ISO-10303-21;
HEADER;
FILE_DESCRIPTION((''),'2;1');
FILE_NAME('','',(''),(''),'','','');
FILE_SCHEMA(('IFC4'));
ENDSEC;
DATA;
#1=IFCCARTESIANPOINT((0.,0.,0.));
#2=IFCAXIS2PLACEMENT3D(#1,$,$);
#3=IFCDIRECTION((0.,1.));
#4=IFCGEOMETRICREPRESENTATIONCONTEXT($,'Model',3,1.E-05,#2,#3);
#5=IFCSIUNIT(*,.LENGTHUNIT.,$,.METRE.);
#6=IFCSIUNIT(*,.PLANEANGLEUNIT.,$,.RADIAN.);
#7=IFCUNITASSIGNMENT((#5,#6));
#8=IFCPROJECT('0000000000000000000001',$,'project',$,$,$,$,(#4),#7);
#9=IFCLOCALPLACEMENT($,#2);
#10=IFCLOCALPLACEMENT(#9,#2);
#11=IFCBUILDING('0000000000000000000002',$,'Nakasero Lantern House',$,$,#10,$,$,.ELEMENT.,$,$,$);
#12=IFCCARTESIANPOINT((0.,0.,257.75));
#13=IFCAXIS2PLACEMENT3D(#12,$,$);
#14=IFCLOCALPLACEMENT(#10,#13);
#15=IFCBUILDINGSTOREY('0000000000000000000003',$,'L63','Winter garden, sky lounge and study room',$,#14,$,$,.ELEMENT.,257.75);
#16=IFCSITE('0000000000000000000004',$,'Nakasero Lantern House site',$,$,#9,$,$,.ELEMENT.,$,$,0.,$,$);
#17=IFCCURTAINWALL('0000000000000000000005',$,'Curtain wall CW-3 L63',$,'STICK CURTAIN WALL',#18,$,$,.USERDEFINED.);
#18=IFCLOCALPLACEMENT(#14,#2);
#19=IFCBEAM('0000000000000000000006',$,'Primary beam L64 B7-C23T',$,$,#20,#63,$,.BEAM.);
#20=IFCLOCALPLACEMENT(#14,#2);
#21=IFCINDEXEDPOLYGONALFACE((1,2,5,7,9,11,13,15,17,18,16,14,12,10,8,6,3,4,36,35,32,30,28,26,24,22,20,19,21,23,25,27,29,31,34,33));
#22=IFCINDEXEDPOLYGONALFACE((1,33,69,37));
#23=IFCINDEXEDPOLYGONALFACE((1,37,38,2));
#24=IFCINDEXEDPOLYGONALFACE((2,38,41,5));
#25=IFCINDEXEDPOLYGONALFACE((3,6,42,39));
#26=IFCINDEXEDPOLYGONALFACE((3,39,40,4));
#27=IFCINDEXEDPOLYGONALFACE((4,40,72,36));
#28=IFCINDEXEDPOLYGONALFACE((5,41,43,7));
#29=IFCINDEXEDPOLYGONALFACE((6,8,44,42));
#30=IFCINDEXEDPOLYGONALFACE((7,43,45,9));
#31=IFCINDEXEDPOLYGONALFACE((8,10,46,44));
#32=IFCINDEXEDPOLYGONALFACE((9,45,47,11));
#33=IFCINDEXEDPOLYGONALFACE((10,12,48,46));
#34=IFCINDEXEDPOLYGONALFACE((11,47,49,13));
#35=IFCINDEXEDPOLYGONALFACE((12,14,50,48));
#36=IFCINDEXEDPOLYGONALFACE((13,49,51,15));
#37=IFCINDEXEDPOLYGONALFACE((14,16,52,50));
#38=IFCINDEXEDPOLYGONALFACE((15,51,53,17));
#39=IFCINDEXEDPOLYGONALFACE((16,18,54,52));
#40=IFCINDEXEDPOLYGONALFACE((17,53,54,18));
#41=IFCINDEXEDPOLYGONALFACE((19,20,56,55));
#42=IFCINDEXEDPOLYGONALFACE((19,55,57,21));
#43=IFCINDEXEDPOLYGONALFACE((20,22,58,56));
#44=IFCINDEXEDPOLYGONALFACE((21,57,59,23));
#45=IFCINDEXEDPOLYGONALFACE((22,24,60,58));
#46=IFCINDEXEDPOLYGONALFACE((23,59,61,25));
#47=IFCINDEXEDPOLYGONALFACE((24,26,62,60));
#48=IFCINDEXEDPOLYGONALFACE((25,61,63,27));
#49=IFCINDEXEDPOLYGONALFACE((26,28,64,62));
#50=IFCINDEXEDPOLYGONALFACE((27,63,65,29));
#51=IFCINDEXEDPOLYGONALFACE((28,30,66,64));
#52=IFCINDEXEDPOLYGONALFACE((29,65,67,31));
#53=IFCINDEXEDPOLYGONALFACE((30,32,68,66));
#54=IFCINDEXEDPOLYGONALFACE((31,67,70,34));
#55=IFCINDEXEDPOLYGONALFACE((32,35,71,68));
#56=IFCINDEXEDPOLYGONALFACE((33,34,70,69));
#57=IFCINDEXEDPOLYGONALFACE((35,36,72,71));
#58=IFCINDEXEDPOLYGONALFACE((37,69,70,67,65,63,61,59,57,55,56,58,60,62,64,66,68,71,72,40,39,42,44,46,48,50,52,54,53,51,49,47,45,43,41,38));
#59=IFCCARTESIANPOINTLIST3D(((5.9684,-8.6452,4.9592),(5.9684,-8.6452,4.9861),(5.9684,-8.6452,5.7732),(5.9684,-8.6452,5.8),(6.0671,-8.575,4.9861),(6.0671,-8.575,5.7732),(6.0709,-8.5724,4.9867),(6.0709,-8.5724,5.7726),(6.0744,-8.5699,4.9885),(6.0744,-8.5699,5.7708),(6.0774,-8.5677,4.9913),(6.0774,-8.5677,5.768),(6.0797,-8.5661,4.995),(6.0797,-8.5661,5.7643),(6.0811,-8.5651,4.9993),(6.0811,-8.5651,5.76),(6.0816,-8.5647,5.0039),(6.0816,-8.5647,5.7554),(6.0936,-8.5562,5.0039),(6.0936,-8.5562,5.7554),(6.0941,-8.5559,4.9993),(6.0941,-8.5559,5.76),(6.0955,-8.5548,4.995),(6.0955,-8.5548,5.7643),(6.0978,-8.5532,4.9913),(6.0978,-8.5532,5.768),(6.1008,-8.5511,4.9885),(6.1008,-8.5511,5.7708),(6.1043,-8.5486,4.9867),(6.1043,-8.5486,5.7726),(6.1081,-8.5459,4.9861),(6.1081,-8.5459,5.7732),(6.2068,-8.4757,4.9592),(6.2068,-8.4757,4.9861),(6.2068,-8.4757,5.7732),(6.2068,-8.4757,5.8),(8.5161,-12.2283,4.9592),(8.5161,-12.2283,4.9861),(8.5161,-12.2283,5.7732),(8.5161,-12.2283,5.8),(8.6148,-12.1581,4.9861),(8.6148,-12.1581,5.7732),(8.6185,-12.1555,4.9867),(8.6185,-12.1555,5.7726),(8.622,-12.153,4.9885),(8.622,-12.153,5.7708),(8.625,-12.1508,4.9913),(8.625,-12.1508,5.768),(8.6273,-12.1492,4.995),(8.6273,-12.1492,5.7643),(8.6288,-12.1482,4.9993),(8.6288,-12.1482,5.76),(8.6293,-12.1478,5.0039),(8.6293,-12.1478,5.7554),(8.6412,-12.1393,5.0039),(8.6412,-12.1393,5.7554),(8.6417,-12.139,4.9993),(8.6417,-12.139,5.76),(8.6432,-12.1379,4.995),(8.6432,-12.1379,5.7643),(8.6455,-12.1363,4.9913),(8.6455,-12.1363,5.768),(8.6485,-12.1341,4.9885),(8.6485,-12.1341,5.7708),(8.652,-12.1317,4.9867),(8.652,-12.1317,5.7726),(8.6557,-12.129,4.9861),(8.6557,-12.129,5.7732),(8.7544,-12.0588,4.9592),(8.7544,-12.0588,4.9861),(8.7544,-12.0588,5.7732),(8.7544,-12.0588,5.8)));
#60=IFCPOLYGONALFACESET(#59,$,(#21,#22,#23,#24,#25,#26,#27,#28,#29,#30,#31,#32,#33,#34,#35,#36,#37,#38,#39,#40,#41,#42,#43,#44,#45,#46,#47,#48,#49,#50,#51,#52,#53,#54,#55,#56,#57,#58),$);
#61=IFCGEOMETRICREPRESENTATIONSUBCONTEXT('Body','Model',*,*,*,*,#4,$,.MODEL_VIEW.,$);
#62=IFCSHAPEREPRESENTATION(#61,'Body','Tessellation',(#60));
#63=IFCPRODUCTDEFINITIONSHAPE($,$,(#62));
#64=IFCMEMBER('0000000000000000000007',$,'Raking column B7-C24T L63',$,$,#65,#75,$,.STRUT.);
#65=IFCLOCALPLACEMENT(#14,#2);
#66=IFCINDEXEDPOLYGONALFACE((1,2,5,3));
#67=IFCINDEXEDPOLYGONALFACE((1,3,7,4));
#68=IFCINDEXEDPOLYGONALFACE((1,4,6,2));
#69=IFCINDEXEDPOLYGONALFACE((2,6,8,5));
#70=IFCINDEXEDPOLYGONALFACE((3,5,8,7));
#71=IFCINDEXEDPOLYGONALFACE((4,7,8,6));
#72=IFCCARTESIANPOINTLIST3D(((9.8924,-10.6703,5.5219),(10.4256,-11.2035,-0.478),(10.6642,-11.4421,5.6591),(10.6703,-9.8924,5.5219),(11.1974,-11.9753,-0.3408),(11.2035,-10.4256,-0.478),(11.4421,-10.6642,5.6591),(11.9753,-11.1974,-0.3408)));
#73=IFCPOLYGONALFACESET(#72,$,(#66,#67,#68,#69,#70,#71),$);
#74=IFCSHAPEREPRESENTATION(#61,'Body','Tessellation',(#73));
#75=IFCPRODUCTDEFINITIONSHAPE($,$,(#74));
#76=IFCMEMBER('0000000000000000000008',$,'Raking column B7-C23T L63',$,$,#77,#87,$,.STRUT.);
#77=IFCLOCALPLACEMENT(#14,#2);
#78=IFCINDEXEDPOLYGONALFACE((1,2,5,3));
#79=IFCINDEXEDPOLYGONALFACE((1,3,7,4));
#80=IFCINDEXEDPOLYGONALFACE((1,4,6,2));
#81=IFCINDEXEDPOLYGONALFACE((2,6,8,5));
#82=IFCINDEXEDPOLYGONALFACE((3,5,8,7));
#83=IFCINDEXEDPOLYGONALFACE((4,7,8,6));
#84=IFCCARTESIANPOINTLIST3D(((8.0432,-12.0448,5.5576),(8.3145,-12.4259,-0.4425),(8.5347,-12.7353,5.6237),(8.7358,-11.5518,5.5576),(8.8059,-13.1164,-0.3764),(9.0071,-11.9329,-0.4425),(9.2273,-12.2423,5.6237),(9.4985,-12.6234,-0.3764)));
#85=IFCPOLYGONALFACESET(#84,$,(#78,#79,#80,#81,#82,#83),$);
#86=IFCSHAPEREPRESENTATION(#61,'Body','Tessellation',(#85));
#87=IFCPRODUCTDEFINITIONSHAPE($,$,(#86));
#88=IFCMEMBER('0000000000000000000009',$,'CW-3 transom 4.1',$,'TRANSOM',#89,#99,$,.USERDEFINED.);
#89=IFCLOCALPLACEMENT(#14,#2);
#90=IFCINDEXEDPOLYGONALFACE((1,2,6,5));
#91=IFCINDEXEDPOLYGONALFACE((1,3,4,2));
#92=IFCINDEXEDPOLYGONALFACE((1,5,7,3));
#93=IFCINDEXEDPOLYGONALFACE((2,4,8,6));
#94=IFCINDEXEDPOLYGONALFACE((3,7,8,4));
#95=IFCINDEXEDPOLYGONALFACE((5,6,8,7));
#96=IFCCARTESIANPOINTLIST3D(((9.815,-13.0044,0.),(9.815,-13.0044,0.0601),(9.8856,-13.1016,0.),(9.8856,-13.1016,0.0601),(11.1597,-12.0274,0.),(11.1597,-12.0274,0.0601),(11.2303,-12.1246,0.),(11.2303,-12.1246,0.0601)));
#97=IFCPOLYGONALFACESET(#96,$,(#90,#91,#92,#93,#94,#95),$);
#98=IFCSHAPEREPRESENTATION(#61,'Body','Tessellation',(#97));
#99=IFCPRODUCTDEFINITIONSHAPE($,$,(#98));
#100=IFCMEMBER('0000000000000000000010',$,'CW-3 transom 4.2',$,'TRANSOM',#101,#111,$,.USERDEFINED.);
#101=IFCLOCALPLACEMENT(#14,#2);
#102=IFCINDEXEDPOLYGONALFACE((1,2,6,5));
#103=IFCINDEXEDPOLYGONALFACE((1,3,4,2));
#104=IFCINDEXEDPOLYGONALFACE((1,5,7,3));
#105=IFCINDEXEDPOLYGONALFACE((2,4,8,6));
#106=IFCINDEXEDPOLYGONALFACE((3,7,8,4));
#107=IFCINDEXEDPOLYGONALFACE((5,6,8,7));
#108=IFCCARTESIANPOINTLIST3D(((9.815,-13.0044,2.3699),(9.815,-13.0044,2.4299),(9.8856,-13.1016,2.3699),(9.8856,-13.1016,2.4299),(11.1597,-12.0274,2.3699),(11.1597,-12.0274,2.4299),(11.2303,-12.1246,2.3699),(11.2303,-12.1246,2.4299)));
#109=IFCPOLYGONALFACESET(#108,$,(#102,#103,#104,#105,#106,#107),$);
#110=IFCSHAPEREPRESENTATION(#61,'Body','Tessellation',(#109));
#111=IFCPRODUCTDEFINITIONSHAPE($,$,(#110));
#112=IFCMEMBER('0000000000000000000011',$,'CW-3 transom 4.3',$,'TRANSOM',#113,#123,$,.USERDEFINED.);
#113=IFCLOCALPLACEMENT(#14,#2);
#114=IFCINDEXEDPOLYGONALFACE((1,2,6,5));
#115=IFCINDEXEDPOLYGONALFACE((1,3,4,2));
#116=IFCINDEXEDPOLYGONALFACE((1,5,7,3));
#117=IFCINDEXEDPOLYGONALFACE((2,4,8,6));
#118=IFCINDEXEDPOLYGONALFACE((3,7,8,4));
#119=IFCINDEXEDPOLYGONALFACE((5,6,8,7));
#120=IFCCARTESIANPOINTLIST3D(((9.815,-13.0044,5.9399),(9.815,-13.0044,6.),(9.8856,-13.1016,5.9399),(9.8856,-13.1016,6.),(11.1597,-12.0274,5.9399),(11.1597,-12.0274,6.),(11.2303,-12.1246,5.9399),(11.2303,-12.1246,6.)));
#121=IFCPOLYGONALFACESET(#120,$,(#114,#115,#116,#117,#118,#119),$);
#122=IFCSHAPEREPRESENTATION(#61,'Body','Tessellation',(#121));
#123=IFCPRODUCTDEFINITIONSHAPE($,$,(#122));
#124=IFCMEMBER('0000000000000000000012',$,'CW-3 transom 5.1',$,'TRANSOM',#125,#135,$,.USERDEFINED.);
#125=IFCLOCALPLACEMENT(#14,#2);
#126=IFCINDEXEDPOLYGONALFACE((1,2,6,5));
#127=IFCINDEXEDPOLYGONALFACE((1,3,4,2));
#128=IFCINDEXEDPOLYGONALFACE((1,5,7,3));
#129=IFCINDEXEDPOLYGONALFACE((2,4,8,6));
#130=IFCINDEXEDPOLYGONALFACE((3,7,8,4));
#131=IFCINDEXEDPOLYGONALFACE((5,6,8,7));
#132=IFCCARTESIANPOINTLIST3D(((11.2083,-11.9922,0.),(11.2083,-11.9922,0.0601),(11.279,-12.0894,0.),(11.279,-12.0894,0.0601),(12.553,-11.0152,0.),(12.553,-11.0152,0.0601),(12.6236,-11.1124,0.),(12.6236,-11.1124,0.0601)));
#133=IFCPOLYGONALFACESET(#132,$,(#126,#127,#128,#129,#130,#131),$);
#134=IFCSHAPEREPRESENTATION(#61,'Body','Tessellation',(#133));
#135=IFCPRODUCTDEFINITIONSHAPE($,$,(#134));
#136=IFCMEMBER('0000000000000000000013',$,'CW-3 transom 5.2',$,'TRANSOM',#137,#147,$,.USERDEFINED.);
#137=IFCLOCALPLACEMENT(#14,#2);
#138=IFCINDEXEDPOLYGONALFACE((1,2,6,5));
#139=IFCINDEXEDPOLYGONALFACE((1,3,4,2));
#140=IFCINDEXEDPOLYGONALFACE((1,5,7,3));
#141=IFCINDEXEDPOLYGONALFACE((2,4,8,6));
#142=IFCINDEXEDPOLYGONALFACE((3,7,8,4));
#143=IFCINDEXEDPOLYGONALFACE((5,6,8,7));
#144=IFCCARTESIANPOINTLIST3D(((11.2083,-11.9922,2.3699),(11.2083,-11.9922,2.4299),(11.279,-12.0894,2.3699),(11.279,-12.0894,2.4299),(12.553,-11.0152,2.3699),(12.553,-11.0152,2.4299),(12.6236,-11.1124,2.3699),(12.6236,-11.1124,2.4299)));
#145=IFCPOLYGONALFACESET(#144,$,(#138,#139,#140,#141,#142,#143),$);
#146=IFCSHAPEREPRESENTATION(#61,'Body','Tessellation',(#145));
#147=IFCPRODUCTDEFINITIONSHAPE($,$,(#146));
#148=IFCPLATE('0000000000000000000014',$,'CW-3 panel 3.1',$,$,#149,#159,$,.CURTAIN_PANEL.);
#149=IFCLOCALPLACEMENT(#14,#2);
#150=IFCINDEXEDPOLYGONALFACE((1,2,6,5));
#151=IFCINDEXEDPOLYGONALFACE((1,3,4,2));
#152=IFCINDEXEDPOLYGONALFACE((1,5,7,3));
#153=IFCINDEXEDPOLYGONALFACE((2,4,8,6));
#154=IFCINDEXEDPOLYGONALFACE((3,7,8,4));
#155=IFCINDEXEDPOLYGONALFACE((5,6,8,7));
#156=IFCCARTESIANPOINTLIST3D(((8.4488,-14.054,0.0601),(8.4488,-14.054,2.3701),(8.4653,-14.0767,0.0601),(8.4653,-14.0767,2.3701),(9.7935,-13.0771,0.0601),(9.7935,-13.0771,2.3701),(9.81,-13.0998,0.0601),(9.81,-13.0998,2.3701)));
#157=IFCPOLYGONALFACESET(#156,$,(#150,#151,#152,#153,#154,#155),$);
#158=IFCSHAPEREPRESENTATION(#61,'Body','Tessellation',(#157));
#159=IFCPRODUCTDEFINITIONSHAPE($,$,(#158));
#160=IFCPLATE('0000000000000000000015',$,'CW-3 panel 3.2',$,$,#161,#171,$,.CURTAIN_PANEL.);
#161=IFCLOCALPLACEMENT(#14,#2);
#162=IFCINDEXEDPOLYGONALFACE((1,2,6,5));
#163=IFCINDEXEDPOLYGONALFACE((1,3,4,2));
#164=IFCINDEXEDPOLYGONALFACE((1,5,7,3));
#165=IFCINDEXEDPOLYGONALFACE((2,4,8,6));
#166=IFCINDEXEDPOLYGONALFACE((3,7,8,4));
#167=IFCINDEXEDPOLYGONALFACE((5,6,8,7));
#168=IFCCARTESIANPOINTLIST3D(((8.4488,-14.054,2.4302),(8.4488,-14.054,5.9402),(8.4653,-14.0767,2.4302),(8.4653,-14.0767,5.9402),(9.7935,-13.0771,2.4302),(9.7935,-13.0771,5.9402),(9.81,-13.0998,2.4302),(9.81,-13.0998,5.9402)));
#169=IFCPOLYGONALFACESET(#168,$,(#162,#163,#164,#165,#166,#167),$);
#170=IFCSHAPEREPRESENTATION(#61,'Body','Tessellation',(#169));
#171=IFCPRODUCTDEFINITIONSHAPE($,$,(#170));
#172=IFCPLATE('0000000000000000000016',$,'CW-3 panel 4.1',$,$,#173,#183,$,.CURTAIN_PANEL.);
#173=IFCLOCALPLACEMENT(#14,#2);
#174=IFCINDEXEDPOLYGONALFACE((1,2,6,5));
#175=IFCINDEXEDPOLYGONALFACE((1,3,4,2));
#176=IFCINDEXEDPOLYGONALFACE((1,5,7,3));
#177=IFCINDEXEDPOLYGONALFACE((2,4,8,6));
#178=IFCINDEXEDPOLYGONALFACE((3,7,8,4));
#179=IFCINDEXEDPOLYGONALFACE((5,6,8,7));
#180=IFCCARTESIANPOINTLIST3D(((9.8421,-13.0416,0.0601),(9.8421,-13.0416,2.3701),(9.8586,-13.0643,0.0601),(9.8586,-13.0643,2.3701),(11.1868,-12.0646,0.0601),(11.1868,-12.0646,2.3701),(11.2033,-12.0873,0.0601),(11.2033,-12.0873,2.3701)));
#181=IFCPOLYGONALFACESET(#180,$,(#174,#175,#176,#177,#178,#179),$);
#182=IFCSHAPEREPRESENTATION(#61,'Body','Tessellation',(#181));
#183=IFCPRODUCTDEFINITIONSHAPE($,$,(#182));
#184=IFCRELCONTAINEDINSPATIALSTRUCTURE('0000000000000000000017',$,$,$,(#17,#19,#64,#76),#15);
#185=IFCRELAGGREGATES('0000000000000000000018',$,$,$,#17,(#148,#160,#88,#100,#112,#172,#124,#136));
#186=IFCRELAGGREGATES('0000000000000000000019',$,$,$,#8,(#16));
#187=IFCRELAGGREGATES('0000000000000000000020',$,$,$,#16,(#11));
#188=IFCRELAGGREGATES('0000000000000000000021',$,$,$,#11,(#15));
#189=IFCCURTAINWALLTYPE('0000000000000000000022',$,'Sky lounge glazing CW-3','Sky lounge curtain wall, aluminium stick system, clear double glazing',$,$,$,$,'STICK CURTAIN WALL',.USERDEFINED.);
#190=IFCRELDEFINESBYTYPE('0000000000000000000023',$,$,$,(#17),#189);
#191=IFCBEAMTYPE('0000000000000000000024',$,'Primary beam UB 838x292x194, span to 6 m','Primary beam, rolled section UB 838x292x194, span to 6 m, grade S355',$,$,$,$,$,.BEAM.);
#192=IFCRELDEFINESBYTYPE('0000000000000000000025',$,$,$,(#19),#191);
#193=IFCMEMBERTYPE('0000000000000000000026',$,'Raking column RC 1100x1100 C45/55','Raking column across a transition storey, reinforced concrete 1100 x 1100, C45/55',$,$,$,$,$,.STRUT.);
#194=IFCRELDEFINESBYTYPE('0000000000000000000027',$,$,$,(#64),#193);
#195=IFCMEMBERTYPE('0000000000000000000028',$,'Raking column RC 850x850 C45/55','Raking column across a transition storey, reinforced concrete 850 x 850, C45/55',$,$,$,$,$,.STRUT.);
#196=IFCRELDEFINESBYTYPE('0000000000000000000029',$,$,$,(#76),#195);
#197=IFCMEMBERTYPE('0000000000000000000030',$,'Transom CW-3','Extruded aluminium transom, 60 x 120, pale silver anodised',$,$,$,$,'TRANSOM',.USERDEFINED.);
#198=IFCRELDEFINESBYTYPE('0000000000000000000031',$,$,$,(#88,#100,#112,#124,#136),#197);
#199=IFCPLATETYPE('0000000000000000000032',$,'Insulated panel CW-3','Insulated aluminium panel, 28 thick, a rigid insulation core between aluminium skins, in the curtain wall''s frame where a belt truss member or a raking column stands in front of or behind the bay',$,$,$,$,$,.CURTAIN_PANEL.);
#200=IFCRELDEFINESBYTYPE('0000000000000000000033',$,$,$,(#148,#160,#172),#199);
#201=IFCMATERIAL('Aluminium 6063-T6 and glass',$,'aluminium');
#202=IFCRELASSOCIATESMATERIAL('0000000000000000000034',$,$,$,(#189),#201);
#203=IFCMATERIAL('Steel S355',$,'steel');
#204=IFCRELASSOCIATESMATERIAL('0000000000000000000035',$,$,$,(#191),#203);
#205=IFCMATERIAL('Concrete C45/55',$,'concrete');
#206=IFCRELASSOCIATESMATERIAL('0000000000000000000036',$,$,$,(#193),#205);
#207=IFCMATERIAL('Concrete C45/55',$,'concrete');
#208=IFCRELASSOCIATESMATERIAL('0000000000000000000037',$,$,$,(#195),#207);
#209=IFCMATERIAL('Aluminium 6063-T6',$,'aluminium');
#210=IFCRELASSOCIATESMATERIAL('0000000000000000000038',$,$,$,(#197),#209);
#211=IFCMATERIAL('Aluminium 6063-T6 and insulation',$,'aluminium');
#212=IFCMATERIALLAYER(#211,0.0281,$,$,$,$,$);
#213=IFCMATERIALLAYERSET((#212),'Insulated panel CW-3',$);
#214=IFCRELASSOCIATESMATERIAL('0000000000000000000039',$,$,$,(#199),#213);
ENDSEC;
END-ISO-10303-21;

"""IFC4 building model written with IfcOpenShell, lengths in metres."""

from ifc_helpers import new_model, si_unit, direction, frame, origin, origin_2d, place, context, subcontext, project, spatial, rectangle, i_section, extrude, material, layer, layer_set, material_profile, profile_set, type_object, element, aggregate, save


model = new_model("IFC4")

# Units and contexts
model_context = context("Model", 3, precision=1e-05, world=origin(), true_north=direction((0.0, 1.0)))
body_context = subcontext(model_context, "Body", "Model", "MODEL_VIEW")
ifc_project = project(units=[si_unit("LENGTHUNIT", "METRE"), si_unit("PLANEANGLEUNIT", "RADIAN")], contexts=[model_context])

# Site, building, storey
site_placement = place(None, origin())
site = spatial("IfcSite", under=ifc_project, at=site_placement, Name="Nakasero Lantern House site", CompositionType="ELEMENT", RefElevation=0.0)
building_placement = place(site_placement, origin())
building = spatial("IfcBuilding", under=site, at=building_placement, Name="Nakasero Lantern House", CompositionType="ELEMENT")
storey_placement = place(building_placement, frame((0.0, 0.0, 257.75)))
storey = spatial("IfcBuildingStorey", under=building, at=storey_placement, Name="L63", Description="Winter garden, sky lounge and study room", CompositionType="ELEMENT", Elevation=257.75)

# Curtain wall
ifc_material_1 = material(Name="Aluminium 6063-T6 and glass", Category="aluminium")
curtain_wall_type = type_object("IfcCurtainWallType", Name="Sky lounge glazing CW-3", Description="Sky lounge curtain wall, aluminium stick system, clear double glazing", ElementType="STICK CURTAIN WALL", PredefinedType="USERDEFINED", material=ifc_material_1)
curtain_wall_placement = place(storey_placement, origin())
curtain_wall = element("IfcCurtainWall", 1, at=curtain_wall_placement, inside=storey, type_object=curtain_wall_type, Name="Curtain wall CW-3 L63", ObjectType="STICK CURTAIN WALL", PredefinedType="USERDEFINED")

# Beam
ifc_material_2 = material(Name="Steel S355", Category="steel")
ifc_material_profile_1 = material_profile(ifc_material_2, i_section(OverallWidth=0.2925, OverallDepth=0.8408, WebThickness=0.0146, FlangeThickness=0.0269, FilletRadius=0.0178, at=origin_2d()), Name="UB 838x292x194")
ifc_profile_set_1 = profile_set([ifc_material_profile_1], Name="Steel S355")
beam_type_1 = type_object("IfcBeamType", Name="Primary beam UB 838x292x194, span to 6 m", Description="Primary beam, rolled section UB 838x292x194, span to 6 m, grade S355", PredefinedType="BEAM", material=ifc_profile_set_1)
beam_1_placement = place(storey_placement, frame((8.6353, -12.1436, 5.3796), z_axis=(-0.579477, 0.814989, 0.0), x_axis=(-0.814989, -0.579477, 0.0)))
element("IfcBeam", 2, at=beam_1_placement, inside=storey, type_object=beam_type_1, Name="Primary beam L64 B7-C23T", PredefinedType="BEAM", context=body_context, shape_type="SweptSolid", body=[
    extrude(i_section(OverallWidth=0.2925, OverallDepth=0.8408, WebThickness=0.0146, FlangeThickness=0.0269, FilletRadius=0.0178, at=origin_2d()), origin(), (0.0, 0.0, 1.0), 4.3965),
])

# Members
ifc_material_3 = material(Name="Concrete C45/55", Category="concrete")
ifc_material_profile_2 = material_profile(ifc_material_3, rectangle(XDim=1.1001, YDim=1.1001, at=origin_2d()), Name="RC 1100x1100")
ifc_profile_set_2 = profile_set([ifc_material_profile_2], Name="Concrete C45/55")
member_type_1 = type_object("IfcMemberType", Name="Raking column RC 1100x1100 C45/55", Description="Raking column across a transition storey, reinforced concrete 1100 x 1100, C45/55", PredefinedType="STRUT", material=ifc_profile_set_2)
member_1_placement = place(storey_placement, frame((11.2004, -11.2004, -0.4094), z_axis=(-0.088174, 0.088174, 0.992195), x_axis=(-0.707107, -0.707107, 0.0)))
element("IfcMember", 3, at=member_1_placement, inside=storey, type_object=member_type_1, Name="Raking column B7-C24T L63", PredefinedType="STRUT", context=body_context, shape_type="SweptSolid", body=[
    extrude(rectangle(XDim=1.1001, YDim=1.1001, at=origin_2d()), origin(), (0.0, 0.0, 1.0), 6.0471),
])
ifc_material_4 = material(Name="Concrete C45/55", Category="concrete")
ifc_material_profile_3 = material_profile(ifc_material_4, rectangle(XDim=0.8501, YDim=0.8501, at=origin_2d()), Name="RC 850x850")
ifc_profile_set_3 = profile_set([ifc_material_profile_3], Name="Concrete C45/55")
member_type_2 = type_object("IfcMemberType", Name="Raking column RC 850x850 C45/55", Description="Raking column across a transition storey, reinforced concrete 850 x 850, C45/55", PredefinedType="STRUT", material=ifc_profile_set_3)
member_2_placement = place(storey_placement, frame((8.9065, -12.5247, -0.4094), z_axis=(-0.04507, 0.063325, 0.996975), x_axis=(-0.81472, -0.579855, 0.0)))
element("IfcMember", 4, at=member_2_placement, inside=storey, type_object=member_type_2, Name="Raking column B7-C23T L63", PredefinedType="STRUT", context=body_context, shape_type="SweptSolid", body=[
    extrude(rectangle(XDim=0.8501, YDim=0.8501, at=origin_2d()), origin(), (0.0, 0.0, 1.0), 6.0183),
])

# Members
ifc_material_5 = material(Name="Aluminium 6063-T6", Category="aluminium")
ifc_material_profile_4 = material_profile(ifc_material_5, rectangle(XDim=0.0601, YDim=0.1201, at=origin_2d()), Name="CW-3 transom 60x120")
ifc_profile_set_4 = profile_set([ifc_material_profile_4], Name="Aluminium 6063-T6")
member_type_3 = type_object("IfcMemberType", Name="Transom CW-3", Description="Extruded aluminium transom, 60 x 120, pale silver anodised", ElementType="TRANSOM", PredefinedType="USERDEFINED", material=ifc_profile_set_4)
member_3_placement = place(storey_placement, frame((9.8503, -13.053, 0.03), z_axis=(0.809003, 0.587805, 0.0), x_axis=(0.0, 0.0, 1.0)))
member_3 = element("IfcMember", 5, at=member_3_placement, type_object=member_type_3, Name="CW-3 transom 4.1", ObjectType="TRANSOM", PredefinedType="USERDEFINED", context=body_context, shape_type="SweptSolid", body=[
    extrude(rectangle(XDim=0.0601, YDim=0.1201, at=origin_2d()), origin(), (0.0, 0.0, 1.0), 1.6621),
])
member_4_placement = place(storey_placement, frame((9.8503, -13.053, 2.3999), z_axis=(0.809003, 0.587805, 0.0), x_axis=(0.0, 0.0, 1.0)))
member_4 = element("IfcMember", 6, at=member_4_placement, type_object=member_type_3, Name="CW-3 transom 4.2", ObjectType="TRANSOM", PredefinedType="USERDEFINED", context=body_context, shape_type="SweptSolid", body=[
    extrude(rectangle(XDim=0.0601, YDim=0.1201, at=origin_2d()), origin(), (0.0, 0.0, 1.0), 1.6621),
])
member_5_placement = place(storey_placement, frame((9.8503, -13.053, 5.97), z_axis=(0.809003, 0.587805, 0.0), x_axis=(0.0, 0.0, 1.0)))
member_5 = element("IfcMember", 7, at=member_5_placement, type_object=member_type_3, Name="CW-3 transom 4.3", ObjectType="TRANSOM", PredefinedType="USERDEFINED", context=body_context, shape_type="SweptSolid", body=[
    extrude(rectangle(XDim=0.0601, YDim=0.1201, at=origin_2d()), origin(), (0.0, 0.0, 1.0), 1.6621),
])
member_6_placement = place(storey_placement, frame((11.2437, -12.0408, 0.03), z_axis=(0.809003, 0.587805, 0.0), x_axis=(0.0, 0.0, 1.0)))
member_6 = element("IfcMember", 8, at=member_6_placement, type_object=member_type_3, Name="CW-3 transom 5.1", ObjectType="TRANSOM", PredefinedType="USERDEFINED", context=body_context, shape_type="SweptSolid", body=[
    extrude(rectangle(XDim=0.0601, YDim=0.1201, at=origin_2d()), origin(), (0.0, 0.0, 1.0), 1.6621),
])
member_7_placement = place(storey_placement, frame((11.2437, -12.0408, 2.3999), z_axis=(0.809003, 0.587805, 0.0), x_axis=(0.0, 0.0, 1.0)))
member_7 = element("IfcMember", 9, at=member_7_placement, type_object=member_type_3, Name="CW-3 transom 5.2", ObjectType="TRANSOM", PredefinedType="USERDEFINED", context=body_context, shape_type="SweptSolid", body=[
    extrude(rectangle(XDim=0.0601, YDim=0.1201, at=origin_2d()), origin(), (0.0, 0.0, 1.0), 1.6621),
])

# Plates
ifc_material_6 = material(Name="Aluminium 6063-T6 and insulation", Category="aluminium")
ifc_layer_1 = layer(ifc_material_6, 0.0281)
ifc_layer_set_1 = layer_set([ifc_layer_1], Name="Insulated panel CW-3")
plate_type = type_object("IfcPlateType", Name="Insulated panel CW-3", Description="Insulated aluminium panel, 28 thick, a rigid insulation core between aluminium skins, in the curtain wall's frame where a belt truss member or a raking column stands in front of or behind the bay", PredefinedType="CURTAIN_PANEL", material=ifc_layer_set_1)
plate_1_placement = place(storey_placement, frame((9.1294, -13.5769, 0.0601), z_axis=(0.0, 0.0, 1.0), x_axis=(0.809017, 0.587785, 0.0)))
plate_1 = element("IfcPlate", 10, at=plate_1_placement, type_object=plate_type, Name="CW-3 panel 3.1", PredefinedType="CURTAIN_PANEL", context=body_context, shape_type="SweptSolid", body=[
    extrude(rectangle(XDim=1.6621, YDim=0.0281, at=origin_2d()), origin(), (0.0, 0.0, 1.0), 2.3101),
])
plate_2_placement = place(storey_placement, frame((9.1294, -13.5769, 2.4302), z_axis=(0.0, 0.0, 1.0), x_axis=(0.809017, 0.587785, 0.0)))
plate_2 = element("IfcPlate", 11, at=plate_2_placement, type_object=plate_type, Name="CW-3 panel 3.2", PredefinedType="CURTAIN_PANEL", context=body_context, shape_type="SweptSolid", body=[
    extrude(rectangle(XDim=1.6621, YDim=0.0281, at=origin_2d()), origin(), (0.0, 0.0, 1.0), 3.51),
])
plate_3_placement = place(storey_placement, frame((10.5227, -12.5645, 0.0601), z_axis=(0.0, 0.0, 1.0), x_axis=(0.809017, 0.587785, 0.0)))
plate_3 = element("IfcPlate", 12, at=plate_3_placement, type_object=plate_type, Name="CW-3 panel 4.1", PredefinedType="CURTAIN_PANEL", context=body_context, shape_type="SweptSolid", body=[
    extrude(rectangle(XDim=1.6621, YDim=0.0281, at=origin_2d()), origin(), (0.0, 0.0, 1.0), 2.3101),
])
aggregate(curtain_wall, [plate_1, plate_2, member_3, member_4, member_5, plate_3, member_6, member_7])

save(model, "model.ifc")
